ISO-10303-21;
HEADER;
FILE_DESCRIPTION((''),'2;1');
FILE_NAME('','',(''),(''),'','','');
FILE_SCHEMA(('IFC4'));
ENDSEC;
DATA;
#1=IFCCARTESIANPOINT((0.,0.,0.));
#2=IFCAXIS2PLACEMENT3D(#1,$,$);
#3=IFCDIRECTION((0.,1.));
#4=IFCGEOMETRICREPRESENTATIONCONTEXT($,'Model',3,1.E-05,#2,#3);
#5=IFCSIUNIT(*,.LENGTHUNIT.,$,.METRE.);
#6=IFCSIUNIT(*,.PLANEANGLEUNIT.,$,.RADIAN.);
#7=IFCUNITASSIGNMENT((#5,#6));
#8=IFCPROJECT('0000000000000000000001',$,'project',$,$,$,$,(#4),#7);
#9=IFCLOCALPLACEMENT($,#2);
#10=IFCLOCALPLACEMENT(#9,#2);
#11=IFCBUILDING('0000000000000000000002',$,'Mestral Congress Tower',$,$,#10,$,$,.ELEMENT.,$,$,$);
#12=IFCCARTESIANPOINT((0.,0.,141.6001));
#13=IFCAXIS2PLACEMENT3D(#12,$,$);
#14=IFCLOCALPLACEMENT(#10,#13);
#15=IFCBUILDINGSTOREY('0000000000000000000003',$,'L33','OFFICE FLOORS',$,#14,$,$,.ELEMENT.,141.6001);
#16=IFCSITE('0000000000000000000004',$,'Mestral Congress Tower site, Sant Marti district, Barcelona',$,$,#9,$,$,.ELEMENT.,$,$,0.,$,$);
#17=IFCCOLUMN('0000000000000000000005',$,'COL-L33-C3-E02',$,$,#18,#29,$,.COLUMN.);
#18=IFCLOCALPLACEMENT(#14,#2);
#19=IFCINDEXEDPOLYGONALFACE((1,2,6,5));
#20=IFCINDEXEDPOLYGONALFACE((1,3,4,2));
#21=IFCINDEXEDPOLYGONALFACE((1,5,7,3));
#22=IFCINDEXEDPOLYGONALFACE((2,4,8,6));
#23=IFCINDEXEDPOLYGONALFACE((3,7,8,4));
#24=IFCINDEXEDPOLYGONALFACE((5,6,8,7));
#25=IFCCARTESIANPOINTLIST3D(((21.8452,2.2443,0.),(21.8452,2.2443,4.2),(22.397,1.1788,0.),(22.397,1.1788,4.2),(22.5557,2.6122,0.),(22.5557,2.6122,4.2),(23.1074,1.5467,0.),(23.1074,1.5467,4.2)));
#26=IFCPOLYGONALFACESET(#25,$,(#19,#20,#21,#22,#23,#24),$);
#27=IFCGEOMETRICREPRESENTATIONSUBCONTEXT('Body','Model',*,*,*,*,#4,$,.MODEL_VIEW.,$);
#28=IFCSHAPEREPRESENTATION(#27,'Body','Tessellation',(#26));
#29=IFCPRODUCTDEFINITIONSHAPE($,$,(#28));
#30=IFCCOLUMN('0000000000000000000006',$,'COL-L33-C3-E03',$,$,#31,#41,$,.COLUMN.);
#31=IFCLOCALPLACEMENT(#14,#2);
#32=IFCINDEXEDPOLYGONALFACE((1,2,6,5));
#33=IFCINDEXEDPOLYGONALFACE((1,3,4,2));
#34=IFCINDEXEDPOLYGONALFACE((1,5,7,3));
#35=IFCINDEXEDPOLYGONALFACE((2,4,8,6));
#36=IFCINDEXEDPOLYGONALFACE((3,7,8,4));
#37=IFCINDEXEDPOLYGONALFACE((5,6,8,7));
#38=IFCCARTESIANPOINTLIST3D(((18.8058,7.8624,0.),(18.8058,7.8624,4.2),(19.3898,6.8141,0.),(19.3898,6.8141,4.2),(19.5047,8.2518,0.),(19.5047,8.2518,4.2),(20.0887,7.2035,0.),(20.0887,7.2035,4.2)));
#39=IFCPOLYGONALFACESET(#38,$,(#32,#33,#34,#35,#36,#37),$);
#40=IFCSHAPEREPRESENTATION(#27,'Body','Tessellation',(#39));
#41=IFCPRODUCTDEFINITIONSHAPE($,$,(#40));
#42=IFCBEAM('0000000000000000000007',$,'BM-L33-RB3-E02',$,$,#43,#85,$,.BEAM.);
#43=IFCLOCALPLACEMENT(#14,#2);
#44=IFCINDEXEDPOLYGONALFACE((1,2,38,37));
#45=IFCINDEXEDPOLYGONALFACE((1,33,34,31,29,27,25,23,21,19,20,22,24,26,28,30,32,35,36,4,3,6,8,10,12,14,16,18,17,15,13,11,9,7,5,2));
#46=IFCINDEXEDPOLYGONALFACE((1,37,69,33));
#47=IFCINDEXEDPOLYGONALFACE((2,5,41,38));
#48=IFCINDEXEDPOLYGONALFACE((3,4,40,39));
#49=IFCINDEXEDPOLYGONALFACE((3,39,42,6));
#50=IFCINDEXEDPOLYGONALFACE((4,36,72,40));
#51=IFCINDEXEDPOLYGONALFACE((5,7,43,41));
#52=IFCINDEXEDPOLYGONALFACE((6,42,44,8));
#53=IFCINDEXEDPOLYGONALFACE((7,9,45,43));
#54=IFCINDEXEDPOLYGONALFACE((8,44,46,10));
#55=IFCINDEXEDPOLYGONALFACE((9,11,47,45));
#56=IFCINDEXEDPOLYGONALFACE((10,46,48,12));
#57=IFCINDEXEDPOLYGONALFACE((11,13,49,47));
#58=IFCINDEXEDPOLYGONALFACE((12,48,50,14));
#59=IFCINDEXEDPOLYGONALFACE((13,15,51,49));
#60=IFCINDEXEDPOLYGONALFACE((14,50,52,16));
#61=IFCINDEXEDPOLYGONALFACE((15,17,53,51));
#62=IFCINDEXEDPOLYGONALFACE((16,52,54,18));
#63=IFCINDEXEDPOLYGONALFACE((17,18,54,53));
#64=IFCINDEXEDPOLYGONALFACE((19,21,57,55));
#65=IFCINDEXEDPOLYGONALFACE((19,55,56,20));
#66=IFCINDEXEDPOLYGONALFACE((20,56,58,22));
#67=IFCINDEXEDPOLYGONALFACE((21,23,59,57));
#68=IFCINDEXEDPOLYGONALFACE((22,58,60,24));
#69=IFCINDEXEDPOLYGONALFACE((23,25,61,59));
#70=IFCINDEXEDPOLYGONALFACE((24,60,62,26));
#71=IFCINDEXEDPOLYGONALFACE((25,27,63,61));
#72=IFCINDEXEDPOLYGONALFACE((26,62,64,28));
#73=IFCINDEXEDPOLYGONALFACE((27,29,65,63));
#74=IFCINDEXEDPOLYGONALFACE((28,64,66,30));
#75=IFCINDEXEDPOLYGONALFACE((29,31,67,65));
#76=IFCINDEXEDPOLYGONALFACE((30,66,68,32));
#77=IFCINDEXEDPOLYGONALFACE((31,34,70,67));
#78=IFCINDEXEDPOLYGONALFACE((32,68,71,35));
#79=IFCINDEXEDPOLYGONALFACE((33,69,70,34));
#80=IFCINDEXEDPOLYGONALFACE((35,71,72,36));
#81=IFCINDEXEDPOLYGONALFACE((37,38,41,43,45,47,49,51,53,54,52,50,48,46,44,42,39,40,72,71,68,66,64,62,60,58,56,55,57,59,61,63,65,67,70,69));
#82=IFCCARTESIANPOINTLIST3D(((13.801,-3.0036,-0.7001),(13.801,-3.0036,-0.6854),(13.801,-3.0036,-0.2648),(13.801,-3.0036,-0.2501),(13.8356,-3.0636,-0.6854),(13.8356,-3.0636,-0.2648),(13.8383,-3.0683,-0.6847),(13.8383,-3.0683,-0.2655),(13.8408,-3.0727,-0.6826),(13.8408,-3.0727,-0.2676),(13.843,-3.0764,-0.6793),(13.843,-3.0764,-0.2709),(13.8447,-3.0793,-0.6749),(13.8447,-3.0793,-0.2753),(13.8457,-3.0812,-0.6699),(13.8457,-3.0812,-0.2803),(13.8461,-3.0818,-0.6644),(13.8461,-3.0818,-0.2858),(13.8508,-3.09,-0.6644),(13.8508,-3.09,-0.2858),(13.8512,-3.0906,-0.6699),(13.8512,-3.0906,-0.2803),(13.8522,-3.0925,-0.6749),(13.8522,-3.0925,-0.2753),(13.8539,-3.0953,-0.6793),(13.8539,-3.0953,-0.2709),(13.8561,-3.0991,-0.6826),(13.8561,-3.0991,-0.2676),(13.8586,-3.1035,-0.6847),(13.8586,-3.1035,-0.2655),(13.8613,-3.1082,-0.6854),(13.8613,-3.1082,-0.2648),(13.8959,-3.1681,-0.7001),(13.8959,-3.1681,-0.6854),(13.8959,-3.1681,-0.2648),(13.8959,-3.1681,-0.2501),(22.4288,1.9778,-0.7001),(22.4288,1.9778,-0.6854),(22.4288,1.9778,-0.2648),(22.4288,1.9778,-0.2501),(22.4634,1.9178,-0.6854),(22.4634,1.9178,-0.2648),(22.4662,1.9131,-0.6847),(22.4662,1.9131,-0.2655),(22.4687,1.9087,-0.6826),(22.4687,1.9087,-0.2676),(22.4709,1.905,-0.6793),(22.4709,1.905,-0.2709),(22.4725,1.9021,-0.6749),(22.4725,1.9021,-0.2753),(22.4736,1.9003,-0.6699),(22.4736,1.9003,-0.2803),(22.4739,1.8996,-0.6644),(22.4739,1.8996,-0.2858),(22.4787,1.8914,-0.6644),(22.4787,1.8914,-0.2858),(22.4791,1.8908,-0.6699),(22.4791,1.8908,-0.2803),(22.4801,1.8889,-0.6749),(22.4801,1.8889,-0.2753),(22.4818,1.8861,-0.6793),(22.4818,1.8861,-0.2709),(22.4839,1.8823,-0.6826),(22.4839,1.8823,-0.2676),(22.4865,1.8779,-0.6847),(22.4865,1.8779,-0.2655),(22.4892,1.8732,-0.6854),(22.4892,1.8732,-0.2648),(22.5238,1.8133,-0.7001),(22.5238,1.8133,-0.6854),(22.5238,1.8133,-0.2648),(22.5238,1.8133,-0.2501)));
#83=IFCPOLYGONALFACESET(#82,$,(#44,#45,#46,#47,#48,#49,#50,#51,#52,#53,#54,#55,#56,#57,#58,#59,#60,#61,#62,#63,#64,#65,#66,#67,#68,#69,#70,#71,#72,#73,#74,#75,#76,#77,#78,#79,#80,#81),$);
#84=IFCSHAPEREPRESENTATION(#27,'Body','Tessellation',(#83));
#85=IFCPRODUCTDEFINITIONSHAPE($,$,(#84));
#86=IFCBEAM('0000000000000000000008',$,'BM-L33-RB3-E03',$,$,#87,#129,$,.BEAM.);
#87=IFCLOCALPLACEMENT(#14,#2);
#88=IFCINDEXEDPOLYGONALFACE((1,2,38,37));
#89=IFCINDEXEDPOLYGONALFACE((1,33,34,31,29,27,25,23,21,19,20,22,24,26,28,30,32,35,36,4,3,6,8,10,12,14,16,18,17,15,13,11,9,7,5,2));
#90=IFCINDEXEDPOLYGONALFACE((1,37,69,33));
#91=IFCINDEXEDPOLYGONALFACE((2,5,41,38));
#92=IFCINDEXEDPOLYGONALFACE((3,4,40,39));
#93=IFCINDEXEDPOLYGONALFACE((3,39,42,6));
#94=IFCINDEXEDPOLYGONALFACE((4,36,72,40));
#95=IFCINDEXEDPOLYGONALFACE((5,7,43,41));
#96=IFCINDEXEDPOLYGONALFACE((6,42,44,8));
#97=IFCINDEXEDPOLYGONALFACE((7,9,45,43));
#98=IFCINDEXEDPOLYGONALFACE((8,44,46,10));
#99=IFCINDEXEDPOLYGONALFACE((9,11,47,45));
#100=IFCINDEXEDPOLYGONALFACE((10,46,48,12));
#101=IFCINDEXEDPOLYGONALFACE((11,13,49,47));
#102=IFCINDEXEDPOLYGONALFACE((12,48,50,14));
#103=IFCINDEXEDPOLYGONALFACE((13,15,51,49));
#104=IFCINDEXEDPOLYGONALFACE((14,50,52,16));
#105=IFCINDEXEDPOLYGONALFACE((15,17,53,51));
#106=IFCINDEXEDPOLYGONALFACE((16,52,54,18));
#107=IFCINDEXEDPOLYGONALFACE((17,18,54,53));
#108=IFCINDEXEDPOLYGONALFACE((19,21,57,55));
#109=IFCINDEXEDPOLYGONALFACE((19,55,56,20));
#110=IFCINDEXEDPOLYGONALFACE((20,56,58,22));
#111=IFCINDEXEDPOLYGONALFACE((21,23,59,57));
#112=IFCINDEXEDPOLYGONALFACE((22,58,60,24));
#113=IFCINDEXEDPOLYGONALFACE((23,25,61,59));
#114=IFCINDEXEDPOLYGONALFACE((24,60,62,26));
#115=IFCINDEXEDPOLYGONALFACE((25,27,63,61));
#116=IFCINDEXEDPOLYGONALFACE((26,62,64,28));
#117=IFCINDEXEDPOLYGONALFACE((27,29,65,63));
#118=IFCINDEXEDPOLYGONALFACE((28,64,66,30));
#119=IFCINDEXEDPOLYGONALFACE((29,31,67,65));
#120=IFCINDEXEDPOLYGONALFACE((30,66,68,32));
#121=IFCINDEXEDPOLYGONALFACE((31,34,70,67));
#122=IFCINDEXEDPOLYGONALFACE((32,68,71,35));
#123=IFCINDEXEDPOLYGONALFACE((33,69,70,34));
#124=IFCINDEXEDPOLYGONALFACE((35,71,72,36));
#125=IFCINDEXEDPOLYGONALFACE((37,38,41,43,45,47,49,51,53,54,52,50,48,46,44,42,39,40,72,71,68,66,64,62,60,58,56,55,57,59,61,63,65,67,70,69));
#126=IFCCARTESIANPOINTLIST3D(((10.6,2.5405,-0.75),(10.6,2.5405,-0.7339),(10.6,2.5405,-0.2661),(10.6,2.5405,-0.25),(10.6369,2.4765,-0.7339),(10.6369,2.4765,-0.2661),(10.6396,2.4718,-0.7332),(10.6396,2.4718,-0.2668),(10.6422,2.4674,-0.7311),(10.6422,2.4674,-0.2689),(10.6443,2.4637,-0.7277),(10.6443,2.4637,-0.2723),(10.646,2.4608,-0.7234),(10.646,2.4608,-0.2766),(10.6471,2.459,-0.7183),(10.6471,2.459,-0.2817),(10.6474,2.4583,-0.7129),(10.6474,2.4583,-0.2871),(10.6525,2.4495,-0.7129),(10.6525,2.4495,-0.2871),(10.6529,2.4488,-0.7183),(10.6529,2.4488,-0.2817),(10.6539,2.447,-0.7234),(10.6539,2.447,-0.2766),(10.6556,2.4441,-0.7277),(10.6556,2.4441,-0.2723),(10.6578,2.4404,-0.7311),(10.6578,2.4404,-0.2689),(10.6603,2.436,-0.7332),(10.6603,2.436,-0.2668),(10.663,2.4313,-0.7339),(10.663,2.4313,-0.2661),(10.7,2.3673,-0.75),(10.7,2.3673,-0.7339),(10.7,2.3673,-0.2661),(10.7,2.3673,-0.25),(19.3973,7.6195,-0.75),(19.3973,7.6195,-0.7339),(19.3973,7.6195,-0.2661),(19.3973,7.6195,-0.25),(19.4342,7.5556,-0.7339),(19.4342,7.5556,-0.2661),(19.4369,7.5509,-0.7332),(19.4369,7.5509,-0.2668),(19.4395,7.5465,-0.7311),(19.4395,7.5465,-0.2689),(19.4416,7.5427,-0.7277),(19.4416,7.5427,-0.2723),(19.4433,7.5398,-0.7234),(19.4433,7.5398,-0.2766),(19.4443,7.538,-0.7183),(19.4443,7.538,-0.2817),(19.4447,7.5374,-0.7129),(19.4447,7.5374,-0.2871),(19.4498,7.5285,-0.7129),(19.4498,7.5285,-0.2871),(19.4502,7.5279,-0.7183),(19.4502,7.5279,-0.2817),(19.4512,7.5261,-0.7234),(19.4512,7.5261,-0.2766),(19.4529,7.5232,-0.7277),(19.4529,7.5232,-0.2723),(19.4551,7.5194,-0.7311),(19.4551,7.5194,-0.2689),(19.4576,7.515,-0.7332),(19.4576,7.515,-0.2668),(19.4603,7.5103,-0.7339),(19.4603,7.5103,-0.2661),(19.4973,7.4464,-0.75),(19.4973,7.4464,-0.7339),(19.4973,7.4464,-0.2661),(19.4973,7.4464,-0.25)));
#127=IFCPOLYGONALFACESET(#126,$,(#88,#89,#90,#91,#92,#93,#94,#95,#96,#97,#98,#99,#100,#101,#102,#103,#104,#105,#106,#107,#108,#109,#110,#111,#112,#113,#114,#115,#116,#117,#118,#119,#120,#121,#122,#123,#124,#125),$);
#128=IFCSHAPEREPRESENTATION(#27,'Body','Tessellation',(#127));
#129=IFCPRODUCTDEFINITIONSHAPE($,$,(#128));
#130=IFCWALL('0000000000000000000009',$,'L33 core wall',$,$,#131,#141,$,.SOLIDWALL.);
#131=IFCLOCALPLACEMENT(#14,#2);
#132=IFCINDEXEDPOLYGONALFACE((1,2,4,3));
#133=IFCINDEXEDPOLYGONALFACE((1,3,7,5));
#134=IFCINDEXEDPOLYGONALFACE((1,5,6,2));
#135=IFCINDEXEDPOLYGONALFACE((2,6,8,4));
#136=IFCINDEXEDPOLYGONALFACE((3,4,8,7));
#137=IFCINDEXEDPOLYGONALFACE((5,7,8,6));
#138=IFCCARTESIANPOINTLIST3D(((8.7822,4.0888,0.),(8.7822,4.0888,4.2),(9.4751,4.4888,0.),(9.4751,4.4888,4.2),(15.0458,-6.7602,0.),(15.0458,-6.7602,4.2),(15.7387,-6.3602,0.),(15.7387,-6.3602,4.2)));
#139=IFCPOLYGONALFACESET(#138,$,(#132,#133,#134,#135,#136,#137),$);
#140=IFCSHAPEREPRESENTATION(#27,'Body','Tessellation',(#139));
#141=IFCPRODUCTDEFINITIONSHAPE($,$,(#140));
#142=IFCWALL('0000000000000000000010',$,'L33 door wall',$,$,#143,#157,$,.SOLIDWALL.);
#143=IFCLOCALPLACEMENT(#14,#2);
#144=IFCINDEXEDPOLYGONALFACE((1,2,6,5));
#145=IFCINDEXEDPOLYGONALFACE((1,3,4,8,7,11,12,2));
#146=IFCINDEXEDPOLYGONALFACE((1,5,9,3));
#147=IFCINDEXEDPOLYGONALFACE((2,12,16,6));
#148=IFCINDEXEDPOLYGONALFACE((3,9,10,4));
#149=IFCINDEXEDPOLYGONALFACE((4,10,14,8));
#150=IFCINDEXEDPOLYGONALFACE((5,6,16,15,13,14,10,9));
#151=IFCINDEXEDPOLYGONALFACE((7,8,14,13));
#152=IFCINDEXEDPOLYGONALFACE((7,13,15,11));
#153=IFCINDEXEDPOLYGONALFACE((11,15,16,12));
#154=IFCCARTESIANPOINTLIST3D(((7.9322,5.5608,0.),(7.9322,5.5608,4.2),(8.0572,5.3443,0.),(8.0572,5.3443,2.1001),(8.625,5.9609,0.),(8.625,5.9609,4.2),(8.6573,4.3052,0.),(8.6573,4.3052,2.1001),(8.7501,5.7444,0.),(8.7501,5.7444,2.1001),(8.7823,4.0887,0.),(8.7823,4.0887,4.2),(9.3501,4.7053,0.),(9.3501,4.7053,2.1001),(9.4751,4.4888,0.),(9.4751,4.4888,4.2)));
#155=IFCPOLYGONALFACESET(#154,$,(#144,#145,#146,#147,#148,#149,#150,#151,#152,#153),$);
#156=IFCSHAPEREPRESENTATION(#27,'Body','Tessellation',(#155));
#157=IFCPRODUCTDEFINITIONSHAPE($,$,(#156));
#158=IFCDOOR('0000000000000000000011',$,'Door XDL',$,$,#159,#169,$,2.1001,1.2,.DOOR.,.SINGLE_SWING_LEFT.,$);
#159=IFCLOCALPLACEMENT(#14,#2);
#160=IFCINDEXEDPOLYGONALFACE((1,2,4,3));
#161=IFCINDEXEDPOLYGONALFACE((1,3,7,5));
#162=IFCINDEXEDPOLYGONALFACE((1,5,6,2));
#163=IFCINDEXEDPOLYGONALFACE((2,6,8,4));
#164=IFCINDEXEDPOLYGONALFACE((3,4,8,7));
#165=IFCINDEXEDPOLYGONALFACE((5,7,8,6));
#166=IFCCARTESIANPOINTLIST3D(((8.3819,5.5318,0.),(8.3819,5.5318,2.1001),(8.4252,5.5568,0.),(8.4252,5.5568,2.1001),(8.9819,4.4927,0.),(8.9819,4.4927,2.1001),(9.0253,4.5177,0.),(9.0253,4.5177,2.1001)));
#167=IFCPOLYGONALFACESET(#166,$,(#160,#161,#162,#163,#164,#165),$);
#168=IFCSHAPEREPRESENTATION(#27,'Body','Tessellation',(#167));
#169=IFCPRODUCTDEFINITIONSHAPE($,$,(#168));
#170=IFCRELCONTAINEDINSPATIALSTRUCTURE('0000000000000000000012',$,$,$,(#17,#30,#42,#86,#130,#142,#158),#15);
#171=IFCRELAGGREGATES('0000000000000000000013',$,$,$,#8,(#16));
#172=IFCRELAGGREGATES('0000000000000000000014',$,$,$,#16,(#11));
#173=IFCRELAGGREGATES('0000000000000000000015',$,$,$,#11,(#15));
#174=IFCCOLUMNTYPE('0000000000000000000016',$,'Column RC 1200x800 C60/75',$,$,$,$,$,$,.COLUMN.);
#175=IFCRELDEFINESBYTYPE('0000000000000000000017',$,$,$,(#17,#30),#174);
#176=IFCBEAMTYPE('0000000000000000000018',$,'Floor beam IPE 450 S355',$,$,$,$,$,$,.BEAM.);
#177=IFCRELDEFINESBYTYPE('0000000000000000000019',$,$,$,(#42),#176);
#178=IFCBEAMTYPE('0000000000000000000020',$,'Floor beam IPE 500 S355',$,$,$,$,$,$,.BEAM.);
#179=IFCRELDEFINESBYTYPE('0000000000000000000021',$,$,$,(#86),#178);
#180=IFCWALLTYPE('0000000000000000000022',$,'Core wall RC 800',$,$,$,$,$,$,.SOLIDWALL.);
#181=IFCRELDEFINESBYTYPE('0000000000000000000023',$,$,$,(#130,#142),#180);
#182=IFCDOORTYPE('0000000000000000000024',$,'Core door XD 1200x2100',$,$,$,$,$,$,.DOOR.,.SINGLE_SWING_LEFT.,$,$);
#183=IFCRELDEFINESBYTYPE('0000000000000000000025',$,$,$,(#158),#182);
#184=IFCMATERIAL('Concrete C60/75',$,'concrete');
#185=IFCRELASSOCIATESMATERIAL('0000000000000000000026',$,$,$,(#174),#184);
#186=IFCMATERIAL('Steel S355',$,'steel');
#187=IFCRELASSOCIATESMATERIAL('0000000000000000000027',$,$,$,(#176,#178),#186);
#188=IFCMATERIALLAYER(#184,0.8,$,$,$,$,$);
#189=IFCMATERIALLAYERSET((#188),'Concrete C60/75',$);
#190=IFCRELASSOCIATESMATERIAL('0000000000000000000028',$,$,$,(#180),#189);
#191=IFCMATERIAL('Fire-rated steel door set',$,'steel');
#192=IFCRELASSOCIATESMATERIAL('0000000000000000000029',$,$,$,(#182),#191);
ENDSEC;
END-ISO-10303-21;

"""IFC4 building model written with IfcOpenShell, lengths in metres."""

from ifc_helpers import new_model, si_unit, direction, frame, frame_2d, origin, origin_2d, place, context, subcontext, project, spatial, rectangle, i_section, extrude, material, layer, layer_set, material_profile, profile_set, type_object, element, fill, save


model = new_model("IFC4")

# Units and contexts
model_context = context("Model", 3, precision=1e-05, world=origin(), true_north=direction((0.0, 1.0)))
body_context = subcontext(model_context, "Body", "Model", "MODEL_VIEW")
ifc_project = project(units=[si_unit("LENGTHUNIT", "METRE"), si_unit("PLANEANGLEUNIT", "RADIAN")], contexts=[model_context])

# Site, building, storey
site_placement = place(None, origin())
site = spatial("IfcSite", under=ifc_project, at=site_placement, Name="Mestral Congress Tower site, Sant Marti district, Barcelona", CompositionType="ELEMENT", RefElevation=0.0)
building_placement = place(site_placement, origin())
building = spatial("IfcBuilding", under=site, at=building_placement, Name="Mestral Congress Tower", CompositionType="ELEMENT")
storey_placement = place(building_placement, frame((0.0, 0.0, 141.6001)))
storey = spatial("IfcBuildingStorey", under=building, at=storey_placement, Name="L33", Description="OFFICE FLOORS", CompositionType="ELEMENT", Elevation=141.6001)

# Columns
ifc_material_1 = material(Name="Concrete C60/75", Category="concrete")
ifc_material_profile_1 = material_profile(ifc_material_1, rectangle(XDim=1.2, YDim=0.8, at=origin_2d()), Name="RC 1200x800")
ifc_profile_set_1 = profile_set([ifc_material_profile_1], Name="Concrete C60/75")
column_type = type_object("IfcColumnType", Name="Column RC 1200x800 C60/75", PredefinedType="COLUMN", material=ifc_profile_set_1)
for number, where, z_axis, x_axis, name in (
    (1, (22.4763, 1.8955, 0.0), (0.0, 0.0, 1.0), (-0.459837, 0.888003, 0.0), "COL-L33-C3-E02"),
    (2, (19.4473, 7.533, 0.0), (0.0, 0.0, 1.0), (-0.486724, 0.873556, 0.0), "COL-L33-C3-E03"),
):
    element("IfcColumn", number, at=place(storey_placement, frame(where, z_axis=z_axis, x_axis=x_axis)), inside=storey, type_object=column_type, Name=name, PredefinedType="COLUMN", context=body_context, shape_type="SweptSolid", body=[
        extrude(rectangle(XDim=1.2, YDim=0.8, at=origin_2d()), origin(), (0.0, 0.0, 1.0), 4.2),
    ])

# Beams
ifc_material_2 = material(Name="Steel S355", Category="steel")
ifc_material_profile_2 = material_profile(ifc_material_2, i_section(OverallWidth=0.1899, OverallDepth=0.45, WebThickness=0.0095, FlangeThickness=0.0146, FilletRadius=0.021, at=origin_2d()), Name="IPE 450")
ifc_profile_set_2 = profile_set([ifc_material_profile_2], Name="Steel S355")
beam_type_1 = type_object("IfcBeamType", Name="Floor beam IPE 450 S355", PredefinedType="BEAM", material=ifc_profile_set_2)
beam_1_placement = place(storey_placement, frame((22.4763, 1.8955, -0.4751), z_axis=(-0.866021, -0.500008, 0.0), x_axis=(0.500008, -0.866021, 0.0)))
element("IfcBeam", 3, at=beam_1_placement, inside=storey, type_object=beam_type_1, Name="BM-L33-RB3-E02", PredefinedType="BEAM", context=body_context, shape_type="SweptSolid", body=[
    extrude(i_section(OverallWidth=0.1899, OverallDepth=0.45, WebThickness=0.0095, FlangeThickness=0.0146, FilletRadius=0.021, at=origin_2d()), origin(), (0.0, 0.0, 1.0), 9.9626),
])
ifc_material_profile_3 = material_profile(ifc_material_2, i_section(OverallWidth=0.2, OverallDepth=0.5, WebThickness=0.0103, FlangeThickness=0.0161, FilletRadius=0.021, at=origin_2d()), Name="IPE 500")
ifc_profile_set_3 = profile_set([ifc_material_profile_3], Name="Steel S355")
beam_type_2 = type_object("IfcBeamType", Name="Floor beam IPE 500 S355", PredefinedType="BEAM", material=ifc_profile_set_3)
beam_2_placement = place(storey_placement, frame((19.4473, 7.533, -0.5), z_axis=(-0.866028, -0.499996, 0.0), x_axis=(0.499996, -0.866028, 0.0)))
element("IfcBeam", 4, at=beam_2_placement, inside=storey, type_object=beam_type_2, Name="BM-L33-RB3-E03", PredefinedType="BEAM", context=body_context, shape_type="SweptSolid", body=[
    extrude(i_section(OverallWidth=0.2, OverallDepth=0.5, WebThickness=0.0103, FlangeThickness=0.0161, FilletRadius=0.021, at=origin_2d()), origin(), (0.0, 0.0, 1.0), 10.1582),
])

# Wall
ifc_layer_1 = layer(ifc_material_1, 0.8)
ifc_layer_set_1 = layer_set([ifc_layer_1], Name="Concrete C60/75")
wall_type_1 = type_object("IfcWallType", Name="Core wall RC 800", PredefinedType="SOLIDWALL", material=ifc_layer_set_1)
wall_1_placement = place(storey_placement, frame((9.1287, 4.2888, 0.0), z_axis=(0.0, 0.0, 1.0), x_axis=(0.499996, -0.866028, 0.0)))
element("IfcWall", 5, at=wall_1_placement, inside=storey, type_object=wall_type_1, Name="L33 core wall", PredefinedType="SOLIDWALL", context=body_context, shape_type="SweptSolid", body=[
    extrude(rectangle(XDim=12.5273, YDim=0.8, at=frame_2d((6.2637, 0.0))), origin(), (0.0, 0.0, 1.0), 4.2),
])

# Wall, opening, door
wall_2_placement = place(storey_placement, frame((8.2786, 5.761, 0.0), z_axis=(0.0, 0.0, 1.0), x_axis=(0.500062, -0.865989, 0.0)))
wall_2 = element("IfcWall", 6, at=wall_2_placement, inside=storey, type_object=wall_type_1, Name="L33 door wall", PredefinedType="SOLIDWALL", context=body_context, shape_type="SweptSolid", body=[
    extrude(rectangle(XDim=1.7, YDim=0.8, at=frame_2d((0.8501, 0.0))), origin(), (0.0, 0.0, 1.0), 4.2),
])
opening_1_placement = place(wall_2_placement, frame((0.25, 0.0, 0.0)))
opening_1 = element("IfcOpeningElement", 7, at=opening_1_placement, cuts=wall_2, PredefinedType="OPENING", context=body_context, shape_type="SweptSolid", body=[
    extrude(rectangle(XDim=1.2, YDim=2.1001, at=frame_2d((0.6001, 1.05))), frame((0.0, 0.4099, 0.0), z_axis=(0.0, -1.0, 0.0), x_axis=(1.0, 0.0, 0.0)), (0.0, 0.0, 1.0), 0.8201),
])
ifc_material_3 = material(Name="Fire-rated steel door set", Category="steel")
door_type_1 = type_object("IfcDoorType", Name="Core door XD 1200x2100", OperationType="SINGLE_SWING_LEFT", PredefinedType="DOOR", material=ifc_material_3)
door_1_placement = place(opening_1_placement, origin())
door_1 = element("IfcDoor", 8, at=door_1_placement, inside=storey, type_object=door_type_1, Name="Door XDL", OperationType="SINGLE_SWING_LEFT", OverallHeight=2.1001, OverallWidth=1.2, PredefinedType="DOOR", context=body_context, shape_type="SweptSolid", body=[
    extrude(rectangle(XDim=1.2, YDim=2.1001, at=frame_2d((0.6001, 1.05))), frame((0.0, 0.0249, 0.0), z_axis=(0.0, -1.0, 0.0), x_axis=(1.0, 0.0, 0.0)), (0.0, 0.0, 1.0), 0.05),
])
fill(opening_1, door_1)

save(model, "model.ifc")
